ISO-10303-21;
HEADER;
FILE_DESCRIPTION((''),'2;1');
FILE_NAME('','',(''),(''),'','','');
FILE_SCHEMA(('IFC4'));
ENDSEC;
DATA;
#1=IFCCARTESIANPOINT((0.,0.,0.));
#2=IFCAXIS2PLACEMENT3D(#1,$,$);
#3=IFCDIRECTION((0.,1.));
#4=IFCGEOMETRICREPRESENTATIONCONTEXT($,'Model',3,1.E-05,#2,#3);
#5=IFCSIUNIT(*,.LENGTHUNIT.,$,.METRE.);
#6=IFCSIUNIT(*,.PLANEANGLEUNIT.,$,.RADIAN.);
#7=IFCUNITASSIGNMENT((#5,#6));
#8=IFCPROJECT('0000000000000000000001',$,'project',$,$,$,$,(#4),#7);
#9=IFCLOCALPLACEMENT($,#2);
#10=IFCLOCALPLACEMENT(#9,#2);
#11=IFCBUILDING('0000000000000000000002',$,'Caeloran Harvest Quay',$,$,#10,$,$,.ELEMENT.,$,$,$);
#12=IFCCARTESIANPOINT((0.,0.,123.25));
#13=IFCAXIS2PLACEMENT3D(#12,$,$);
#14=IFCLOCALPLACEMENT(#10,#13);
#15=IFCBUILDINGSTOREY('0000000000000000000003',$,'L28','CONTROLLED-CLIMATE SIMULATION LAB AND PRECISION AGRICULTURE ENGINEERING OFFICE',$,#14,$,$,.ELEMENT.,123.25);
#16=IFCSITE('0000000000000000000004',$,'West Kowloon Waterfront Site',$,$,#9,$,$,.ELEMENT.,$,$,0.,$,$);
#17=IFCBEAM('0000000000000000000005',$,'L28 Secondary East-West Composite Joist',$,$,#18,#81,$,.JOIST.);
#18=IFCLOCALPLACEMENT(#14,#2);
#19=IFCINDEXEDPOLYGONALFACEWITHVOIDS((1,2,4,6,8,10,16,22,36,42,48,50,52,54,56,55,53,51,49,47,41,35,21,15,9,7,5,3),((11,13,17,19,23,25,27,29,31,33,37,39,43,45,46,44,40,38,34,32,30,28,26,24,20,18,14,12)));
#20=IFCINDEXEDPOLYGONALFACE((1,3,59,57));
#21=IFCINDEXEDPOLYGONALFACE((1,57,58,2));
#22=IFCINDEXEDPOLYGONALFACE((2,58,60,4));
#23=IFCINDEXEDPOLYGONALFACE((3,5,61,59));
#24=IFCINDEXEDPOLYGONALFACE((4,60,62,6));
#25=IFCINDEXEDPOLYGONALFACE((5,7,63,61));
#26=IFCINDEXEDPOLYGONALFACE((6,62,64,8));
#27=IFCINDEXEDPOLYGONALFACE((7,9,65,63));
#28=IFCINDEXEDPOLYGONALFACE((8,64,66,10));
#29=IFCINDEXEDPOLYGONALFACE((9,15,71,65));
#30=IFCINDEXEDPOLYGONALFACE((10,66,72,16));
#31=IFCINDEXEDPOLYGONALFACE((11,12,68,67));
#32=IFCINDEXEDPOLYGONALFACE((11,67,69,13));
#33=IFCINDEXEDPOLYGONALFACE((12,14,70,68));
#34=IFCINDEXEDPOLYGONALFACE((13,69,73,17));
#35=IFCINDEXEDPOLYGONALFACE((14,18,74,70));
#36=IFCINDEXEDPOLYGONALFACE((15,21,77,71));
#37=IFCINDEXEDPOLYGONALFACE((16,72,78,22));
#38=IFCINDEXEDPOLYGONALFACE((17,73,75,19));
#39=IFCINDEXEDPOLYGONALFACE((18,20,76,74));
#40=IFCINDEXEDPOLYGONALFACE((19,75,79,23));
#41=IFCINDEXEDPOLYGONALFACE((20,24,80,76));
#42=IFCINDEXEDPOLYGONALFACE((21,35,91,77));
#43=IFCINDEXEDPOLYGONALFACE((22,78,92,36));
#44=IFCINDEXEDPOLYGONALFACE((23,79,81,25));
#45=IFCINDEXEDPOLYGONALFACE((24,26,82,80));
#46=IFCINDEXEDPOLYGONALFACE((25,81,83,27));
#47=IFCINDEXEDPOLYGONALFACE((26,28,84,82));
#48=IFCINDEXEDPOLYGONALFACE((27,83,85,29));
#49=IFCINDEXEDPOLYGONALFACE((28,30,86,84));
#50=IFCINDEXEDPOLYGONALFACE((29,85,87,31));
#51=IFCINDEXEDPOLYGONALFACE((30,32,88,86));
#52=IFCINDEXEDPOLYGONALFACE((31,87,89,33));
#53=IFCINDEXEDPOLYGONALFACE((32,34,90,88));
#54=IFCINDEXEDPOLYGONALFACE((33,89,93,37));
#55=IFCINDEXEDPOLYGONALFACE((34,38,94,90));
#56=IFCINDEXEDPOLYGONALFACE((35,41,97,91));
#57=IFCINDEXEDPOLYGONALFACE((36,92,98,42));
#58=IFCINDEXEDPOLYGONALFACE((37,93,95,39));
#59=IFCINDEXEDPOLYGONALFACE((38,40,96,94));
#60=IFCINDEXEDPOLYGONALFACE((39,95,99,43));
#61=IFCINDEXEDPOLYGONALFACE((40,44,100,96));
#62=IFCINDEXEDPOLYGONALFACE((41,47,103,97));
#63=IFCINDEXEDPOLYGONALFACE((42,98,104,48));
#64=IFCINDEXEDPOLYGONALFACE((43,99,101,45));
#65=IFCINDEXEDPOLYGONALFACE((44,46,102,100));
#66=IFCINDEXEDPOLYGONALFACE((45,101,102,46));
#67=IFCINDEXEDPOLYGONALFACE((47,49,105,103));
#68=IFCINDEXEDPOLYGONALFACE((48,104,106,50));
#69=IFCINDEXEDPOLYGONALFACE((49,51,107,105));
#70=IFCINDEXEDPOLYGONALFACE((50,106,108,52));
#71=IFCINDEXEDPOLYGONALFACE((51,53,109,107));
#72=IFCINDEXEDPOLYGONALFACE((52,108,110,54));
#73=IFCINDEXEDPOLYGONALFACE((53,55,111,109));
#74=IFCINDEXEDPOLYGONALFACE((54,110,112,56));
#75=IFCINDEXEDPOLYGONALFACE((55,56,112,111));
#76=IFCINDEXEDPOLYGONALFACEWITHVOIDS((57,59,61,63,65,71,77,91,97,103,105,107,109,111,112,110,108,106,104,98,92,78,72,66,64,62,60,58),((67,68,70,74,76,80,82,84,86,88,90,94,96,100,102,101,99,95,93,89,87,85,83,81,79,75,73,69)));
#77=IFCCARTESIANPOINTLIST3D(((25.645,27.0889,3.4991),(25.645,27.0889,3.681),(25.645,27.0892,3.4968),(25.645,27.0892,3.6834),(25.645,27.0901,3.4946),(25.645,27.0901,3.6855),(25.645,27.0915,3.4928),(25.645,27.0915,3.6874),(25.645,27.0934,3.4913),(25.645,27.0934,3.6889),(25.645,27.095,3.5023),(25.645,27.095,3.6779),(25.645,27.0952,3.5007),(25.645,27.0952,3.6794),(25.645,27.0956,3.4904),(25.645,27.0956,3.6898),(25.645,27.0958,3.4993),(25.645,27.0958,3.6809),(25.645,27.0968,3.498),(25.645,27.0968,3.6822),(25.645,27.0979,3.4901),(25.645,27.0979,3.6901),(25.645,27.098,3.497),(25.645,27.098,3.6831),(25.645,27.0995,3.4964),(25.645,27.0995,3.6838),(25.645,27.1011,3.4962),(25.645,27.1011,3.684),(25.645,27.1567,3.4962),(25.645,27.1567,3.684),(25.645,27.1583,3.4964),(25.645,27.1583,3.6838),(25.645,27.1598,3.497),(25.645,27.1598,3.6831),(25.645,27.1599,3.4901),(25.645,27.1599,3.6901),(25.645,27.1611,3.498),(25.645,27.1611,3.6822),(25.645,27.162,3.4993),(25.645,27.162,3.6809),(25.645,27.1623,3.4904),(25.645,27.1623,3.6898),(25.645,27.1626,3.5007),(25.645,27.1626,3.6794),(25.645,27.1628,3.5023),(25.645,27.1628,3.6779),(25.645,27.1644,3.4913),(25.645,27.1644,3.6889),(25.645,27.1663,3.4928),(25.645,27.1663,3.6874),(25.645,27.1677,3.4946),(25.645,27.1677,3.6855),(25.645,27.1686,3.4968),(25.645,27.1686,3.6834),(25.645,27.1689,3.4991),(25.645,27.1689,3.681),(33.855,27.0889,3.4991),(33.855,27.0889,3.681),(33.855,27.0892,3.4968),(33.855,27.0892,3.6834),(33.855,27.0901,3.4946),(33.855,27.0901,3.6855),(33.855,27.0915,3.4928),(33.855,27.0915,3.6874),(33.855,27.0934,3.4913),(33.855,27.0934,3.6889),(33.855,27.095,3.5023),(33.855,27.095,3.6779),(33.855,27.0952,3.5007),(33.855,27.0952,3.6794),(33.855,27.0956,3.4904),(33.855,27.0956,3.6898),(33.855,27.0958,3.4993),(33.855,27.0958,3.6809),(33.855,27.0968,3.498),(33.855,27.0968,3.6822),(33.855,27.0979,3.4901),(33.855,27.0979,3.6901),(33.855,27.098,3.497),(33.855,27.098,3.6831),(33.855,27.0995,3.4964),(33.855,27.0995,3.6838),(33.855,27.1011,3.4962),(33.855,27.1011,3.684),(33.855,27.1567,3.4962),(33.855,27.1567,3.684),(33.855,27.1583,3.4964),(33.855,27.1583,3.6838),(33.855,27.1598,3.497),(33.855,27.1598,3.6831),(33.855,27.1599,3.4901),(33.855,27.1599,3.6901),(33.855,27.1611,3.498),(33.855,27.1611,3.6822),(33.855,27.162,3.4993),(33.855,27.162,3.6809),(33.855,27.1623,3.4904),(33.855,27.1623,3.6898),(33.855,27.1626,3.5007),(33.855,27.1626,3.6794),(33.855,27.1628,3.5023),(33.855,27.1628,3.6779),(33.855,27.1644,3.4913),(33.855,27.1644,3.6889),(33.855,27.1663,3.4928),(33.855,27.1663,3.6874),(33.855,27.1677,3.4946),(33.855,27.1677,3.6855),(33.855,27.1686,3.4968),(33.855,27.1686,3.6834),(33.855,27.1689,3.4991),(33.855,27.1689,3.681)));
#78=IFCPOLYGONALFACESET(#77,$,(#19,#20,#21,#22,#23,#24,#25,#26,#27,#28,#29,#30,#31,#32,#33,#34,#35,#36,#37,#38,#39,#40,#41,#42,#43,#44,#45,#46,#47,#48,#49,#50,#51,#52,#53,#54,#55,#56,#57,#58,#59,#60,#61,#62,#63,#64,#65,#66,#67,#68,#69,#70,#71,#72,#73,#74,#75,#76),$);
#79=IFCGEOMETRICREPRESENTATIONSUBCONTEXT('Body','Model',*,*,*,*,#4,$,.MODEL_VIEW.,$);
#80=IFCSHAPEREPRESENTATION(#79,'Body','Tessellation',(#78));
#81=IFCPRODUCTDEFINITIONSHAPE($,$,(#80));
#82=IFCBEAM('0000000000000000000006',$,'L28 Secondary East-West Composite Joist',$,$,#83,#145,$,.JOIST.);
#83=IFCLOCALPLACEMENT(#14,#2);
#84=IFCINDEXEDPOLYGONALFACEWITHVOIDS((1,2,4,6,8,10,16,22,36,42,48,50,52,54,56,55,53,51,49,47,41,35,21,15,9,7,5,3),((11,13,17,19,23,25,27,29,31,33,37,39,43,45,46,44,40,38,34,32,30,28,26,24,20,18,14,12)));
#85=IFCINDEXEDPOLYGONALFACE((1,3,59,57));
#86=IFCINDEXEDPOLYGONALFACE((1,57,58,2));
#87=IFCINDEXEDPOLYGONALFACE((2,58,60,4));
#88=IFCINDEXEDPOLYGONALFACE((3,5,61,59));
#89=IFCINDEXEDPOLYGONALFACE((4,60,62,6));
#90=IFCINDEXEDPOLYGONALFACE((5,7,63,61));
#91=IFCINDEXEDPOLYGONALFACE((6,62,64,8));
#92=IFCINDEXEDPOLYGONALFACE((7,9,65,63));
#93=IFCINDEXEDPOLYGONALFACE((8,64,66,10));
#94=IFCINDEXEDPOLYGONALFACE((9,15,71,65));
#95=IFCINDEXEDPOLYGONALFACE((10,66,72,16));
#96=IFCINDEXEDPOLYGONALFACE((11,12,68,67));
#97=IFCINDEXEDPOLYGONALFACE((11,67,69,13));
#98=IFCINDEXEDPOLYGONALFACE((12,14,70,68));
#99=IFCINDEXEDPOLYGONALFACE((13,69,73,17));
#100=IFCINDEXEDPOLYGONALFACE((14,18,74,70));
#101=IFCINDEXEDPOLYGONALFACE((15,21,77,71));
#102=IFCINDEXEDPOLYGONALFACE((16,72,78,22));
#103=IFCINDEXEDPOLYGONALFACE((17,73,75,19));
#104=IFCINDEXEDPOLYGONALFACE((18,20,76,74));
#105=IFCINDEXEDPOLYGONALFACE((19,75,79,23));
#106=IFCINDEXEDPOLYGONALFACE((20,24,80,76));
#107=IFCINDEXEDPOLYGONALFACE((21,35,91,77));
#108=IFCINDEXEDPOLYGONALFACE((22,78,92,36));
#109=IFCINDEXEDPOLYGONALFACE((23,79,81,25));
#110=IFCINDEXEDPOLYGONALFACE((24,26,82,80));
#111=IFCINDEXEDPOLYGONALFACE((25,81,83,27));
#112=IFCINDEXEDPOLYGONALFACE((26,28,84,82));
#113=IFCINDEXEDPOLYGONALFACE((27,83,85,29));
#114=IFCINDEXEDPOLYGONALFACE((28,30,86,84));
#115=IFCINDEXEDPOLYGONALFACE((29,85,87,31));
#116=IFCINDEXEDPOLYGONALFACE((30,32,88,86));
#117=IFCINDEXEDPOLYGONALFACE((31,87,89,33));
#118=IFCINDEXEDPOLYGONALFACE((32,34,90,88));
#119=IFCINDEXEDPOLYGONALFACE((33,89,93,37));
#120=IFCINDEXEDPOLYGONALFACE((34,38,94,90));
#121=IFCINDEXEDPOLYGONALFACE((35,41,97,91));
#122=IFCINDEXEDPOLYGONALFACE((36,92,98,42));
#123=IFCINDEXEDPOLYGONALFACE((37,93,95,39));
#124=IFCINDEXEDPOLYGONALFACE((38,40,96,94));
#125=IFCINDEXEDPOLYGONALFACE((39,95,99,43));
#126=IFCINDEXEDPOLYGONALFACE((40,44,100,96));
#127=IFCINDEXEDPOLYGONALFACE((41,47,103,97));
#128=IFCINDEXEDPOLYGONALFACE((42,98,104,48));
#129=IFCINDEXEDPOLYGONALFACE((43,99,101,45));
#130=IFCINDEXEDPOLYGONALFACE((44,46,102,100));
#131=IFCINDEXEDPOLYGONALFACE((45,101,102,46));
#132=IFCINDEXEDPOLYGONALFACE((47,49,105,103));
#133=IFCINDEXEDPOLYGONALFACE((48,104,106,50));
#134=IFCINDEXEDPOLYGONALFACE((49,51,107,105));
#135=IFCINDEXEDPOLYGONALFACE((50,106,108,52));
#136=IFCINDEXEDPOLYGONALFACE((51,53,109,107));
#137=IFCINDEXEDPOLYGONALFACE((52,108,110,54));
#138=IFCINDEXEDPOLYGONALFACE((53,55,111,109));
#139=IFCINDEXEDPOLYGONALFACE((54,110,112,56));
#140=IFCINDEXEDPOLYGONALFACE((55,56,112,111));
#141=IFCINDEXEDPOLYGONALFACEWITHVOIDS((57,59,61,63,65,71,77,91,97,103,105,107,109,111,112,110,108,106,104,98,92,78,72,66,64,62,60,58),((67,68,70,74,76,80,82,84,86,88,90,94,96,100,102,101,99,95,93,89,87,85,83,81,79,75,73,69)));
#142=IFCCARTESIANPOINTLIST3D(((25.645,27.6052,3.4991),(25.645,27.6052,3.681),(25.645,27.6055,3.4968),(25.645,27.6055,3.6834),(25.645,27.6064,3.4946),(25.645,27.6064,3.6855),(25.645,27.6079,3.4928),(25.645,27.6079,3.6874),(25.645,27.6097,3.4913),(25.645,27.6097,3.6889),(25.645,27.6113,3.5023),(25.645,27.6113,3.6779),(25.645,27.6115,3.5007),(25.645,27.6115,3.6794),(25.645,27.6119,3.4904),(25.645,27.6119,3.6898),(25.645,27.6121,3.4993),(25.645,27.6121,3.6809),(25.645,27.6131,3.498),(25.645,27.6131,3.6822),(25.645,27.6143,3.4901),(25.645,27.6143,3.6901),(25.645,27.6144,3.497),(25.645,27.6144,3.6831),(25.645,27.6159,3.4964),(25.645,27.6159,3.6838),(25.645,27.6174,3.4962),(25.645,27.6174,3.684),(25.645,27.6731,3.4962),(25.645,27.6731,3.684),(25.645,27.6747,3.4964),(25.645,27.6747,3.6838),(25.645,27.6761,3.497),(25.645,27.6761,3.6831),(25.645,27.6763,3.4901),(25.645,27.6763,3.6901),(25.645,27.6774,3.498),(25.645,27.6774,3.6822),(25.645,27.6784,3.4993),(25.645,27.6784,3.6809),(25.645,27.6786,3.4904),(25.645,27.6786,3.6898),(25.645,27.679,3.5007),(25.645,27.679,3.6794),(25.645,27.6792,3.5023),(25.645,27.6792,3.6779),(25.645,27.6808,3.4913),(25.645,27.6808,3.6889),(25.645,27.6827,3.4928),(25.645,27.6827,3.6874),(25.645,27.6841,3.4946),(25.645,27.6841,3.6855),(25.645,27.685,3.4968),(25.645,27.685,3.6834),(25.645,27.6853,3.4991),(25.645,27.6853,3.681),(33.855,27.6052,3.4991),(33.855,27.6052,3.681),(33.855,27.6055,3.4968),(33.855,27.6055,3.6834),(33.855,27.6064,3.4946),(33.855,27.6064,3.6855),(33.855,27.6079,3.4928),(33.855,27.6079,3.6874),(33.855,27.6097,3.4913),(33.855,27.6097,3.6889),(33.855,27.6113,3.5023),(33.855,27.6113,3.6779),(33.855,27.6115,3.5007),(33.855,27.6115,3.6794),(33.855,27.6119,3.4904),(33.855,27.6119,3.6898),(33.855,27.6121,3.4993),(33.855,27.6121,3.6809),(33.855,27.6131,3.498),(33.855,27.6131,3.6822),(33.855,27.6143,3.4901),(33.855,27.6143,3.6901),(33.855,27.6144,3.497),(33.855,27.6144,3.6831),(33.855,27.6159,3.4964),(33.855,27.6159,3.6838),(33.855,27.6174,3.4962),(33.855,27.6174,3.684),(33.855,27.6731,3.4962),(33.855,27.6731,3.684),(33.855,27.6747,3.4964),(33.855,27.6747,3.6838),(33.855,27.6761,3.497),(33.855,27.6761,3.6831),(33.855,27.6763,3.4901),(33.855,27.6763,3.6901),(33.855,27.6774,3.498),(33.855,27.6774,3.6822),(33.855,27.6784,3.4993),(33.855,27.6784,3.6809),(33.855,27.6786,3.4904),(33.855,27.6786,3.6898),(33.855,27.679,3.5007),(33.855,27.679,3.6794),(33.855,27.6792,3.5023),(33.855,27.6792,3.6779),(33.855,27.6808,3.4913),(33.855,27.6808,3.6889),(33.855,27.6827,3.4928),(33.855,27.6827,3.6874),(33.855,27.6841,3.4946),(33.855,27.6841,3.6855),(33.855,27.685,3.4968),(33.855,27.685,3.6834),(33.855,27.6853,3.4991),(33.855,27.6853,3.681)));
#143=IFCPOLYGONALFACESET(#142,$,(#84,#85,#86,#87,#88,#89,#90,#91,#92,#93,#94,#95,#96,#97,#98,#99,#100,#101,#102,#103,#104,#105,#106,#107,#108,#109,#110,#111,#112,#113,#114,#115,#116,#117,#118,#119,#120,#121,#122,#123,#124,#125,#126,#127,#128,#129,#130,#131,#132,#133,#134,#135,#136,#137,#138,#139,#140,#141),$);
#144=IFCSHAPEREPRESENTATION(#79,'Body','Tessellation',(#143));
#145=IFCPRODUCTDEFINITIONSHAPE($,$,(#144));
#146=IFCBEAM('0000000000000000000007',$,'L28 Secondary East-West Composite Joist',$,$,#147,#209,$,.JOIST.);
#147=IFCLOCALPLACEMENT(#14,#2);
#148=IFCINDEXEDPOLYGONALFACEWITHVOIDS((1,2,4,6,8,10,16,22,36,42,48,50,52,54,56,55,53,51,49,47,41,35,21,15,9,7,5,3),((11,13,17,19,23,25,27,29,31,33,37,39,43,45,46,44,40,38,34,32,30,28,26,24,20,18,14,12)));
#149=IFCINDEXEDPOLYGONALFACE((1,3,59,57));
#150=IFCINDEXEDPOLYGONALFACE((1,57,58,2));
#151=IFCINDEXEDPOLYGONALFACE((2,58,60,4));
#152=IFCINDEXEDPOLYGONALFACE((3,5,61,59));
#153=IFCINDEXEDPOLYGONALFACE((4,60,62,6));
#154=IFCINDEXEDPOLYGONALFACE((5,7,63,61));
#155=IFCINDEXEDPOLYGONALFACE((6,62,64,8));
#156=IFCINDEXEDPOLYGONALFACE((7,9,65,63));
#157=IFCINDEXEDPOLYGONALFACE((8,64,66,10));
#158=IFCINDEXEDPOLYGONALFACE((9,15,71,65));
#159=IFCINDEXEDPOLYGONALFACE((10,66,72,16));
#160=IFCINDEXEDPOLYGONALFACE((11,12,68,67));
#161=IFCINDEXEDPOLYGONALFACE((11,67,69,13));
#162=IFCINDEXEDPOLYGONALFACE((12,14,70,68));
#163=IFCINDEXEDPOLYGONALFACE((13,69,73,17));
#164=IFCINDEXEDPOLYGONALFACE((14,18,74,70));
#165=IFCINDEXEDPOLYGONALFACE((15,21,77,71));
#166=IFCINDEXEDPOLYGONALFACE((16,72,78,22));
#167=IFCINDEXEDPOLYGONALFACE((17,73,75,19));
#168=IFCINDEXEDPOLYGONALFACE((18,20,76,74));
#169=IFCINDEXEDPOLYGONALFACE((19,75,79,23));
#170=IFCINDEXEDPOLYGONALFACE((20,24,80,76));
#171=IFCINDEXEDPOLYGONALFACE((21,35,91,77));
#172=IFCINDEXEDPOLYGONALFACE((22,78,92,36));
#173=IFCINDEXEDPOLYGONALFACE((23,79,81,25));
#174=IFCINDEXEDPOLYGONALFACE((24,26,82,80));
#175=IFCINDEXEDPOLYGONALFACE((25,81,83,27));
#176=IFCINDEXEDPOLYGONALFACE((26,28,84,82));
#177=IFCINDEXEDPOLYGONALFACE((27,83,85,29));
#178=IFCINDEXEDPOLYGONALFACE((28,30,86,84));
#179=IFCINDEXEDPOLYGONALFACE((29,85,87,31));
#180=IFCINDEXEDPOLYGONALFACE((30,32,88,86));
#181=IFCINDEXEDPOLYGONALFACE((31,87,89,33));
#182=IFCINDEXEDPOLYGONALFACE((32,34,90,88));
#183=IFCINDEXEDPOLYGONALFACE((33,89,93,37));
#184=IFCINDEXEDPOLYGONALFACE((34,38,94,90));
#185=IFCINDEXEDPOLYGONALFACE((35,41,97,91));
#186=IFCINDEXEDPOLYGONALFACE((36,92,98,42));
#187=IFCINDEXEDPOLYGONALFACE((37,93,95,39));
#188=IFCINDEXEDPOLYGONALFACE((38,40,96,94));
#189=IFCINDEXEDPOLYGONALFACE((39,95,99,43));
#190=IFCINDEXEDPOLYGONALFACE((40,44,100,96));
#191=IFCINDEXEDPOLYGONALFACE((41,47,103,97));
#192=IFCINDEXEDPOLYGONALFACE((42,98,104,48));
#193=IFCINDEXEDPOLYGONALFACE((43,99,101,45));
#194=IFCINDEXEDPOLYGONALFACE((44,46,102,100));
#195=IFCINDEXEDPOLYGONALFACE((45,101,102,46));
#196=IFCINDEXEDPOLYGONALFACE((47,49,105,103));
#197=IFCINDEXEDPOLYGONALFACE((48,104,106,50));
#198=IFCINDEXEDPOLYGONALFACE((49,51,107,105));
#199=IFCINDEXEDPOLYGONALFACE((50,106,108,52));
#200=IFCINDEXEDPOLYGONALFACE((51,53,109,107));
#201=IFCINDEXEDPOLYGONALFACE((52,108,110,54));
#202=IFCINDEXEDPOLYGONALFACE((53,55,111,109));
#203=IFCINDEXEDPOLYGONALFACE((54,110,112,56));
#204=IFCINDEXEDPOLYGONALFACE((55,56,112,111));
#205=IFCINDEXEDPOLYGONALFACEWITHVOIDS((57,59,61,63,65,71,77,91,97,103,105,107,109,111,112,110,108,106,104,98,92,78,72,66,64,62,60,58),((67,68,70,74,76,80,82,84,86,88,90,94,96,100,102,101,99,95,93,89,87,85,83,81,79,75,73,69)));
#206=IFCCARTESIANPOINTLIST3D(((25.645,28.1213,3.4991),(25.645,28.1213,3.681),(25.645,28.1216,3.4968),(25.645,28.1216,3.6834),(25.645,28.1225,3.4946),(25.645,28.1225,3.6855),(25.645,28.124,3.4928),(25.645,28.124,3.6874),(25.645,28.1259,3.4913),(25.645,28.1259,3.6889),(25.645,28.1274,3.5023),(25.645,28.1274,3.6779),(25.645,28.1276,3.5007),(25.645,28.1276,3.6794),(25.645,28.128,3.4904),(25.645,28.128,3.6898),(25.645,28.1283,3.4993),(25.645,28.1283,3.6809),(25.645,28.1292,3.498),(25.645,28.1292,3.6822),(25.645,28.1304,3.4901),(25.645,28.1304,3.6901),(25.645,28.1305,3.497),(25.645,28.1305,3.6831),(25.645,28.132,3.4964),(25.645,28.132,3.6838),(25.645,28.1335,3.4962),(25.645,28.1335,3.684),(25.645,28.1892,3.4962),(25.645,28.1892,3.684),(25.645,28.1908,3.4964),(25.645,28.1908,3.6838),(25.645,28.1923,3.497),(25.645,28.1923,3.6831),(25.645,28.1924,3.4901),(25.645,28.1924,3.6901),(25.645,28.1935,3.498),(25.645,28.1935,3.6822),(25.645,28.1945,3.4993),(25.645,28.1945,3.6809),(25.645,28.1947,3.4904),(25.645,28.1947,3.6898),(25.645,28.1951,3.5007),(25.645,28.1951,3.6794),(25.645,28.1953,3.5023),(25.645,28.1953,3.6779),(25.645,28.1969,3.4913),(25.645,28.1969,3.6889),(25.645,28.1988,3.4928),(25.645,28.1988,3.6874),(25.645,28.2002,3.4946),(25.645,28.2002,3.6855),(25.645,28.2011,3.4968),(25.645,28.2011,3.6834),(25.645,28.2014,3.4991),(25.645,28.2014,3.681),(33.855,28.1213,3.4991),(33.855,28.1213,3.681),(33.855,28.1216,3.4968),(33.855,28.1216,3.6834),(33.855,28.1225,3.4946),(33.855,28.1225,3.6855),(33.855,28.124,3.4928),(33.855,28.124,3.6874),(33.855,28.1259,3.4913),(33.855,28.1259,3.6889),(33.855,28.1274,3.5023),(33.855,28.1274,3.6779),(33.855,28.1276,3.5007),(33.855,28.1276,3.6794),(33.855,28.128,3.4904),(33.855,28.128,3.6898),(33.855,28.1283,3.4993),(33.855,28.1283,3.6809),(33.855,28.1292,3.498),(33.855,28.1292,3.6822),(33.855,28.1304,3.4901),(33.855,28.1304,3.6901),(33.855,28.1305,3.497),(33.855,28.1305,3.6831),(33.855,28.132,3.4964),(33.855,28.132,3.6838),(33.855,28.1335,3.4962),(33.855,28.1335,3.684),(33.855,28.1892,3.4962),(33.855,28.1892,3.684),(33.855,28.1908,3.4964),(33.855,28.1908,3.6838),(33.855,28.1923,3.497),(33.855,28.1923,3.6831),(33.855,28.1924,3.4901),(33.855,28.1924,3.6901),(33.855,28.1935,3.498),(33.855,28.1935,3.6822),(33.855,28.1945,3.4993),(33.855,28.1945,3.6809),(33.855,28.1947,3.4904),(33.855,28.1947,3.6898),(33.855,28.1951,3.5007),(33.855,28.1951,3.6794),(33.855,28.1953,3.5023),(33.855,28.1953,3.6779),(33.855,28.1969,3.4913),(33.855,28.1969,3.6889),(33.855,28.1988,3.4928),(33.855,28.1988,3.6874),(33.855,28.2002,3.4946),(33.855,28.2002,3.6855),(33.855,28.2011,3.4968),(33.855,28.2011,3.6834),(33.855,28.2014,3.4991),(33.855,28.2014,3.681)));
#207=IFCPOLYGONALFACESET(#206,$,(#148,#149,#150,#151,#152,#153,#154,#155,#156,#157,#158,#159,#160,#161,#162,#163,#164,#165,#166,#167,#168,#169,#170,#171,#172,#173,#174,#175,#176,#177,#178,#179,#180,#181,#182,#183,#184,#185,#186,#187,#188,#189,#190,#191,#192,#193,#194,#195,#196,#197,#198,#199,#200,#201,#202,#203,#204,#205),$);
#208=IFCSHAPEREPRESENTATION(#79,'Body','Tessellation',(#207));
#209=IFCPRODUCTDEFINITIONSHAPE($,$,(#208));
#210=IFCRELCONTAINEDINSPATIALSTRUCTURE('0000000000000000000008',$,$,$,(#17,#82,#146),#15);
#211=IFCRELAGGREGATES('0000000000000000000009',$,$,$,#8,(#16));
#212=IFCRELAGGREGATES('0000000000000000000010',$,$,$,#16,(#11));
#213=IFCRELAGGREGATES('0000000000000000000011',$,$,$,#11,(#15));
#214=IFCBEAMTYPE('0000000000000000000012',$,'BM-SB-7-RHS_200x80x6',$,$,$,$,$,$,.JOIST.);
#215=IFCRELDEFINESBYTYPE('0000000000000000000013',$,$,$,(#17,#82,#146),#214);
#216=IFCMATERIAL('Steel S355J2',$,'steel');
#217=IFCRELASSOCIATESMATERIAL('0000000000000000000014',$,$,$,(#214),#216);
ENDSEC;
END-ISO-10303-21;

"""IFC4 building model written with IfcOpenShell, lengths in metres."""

from ifc_helpers import new_model, si_unit, direction, frame, origin, origin_2d, place, context, subcontext, project, spatial, hollow_rectangle, extrude, material, material_profile, profile_set, type_object, element, save


model = new_model("IFC4")

# Units and contexts
model_context = context("Model", 3, precision=1e-05, world=origin(), true_north=direction((0.0, 1.0)))
body_context = subcontext(model_context, "Body", "Model", "MODEL_VIEW")
ifc_project = project(units=[si_unit("LENGTHUNIT", "METRE"), si_unit("PLANEANGLEUNIT", "RADIAN")], contexts=[model_context])

# Site, building, storey
site_placement = place(None, origin())
site = spatial("IfcSite", under=ifc_project, at=site_placement, Name="West Kowloon Waterfront Site", CompositionType="ELEMENT", RefElevation=0.0)
building_placement = place(site_placement, origin())
building = spatial("IfcBuilding", under=site, at=building_placement, Name="Caeloran Harvest Quay", CompositionType="ELEMENT")
storey_placement = place(building_placement, frame((0.0, 0.0, 123.25)))
storey = spatial("IfcBuildingStorey", under=building, at=storey_placement, Name="L28", Description="CONTROLLED-CLIMATE SIMULATION LAB AND PRECISION AGRICULTURE ENGINEERING OFFICE", CompositionType="ELEMENT", Elevation=123.25)

# Beams
ifc_material = material(Name="Steel S355J2", Category="steel")
ifc_material_profile_1 = material_profile(ifc_material, hollow_rectangle(XDim=0.0801, YDim=0.2, WallThickness=0.0061, InnerFilletRadius=0.0061, OuterFilletRadius=0.009, at=origin_2d()), Name="RHS 200x80x6")
ifc_profile_set_1 = profile_set([ifc_material_profile_1], Name="Steel S355J2")
beam_type_1 = type_object("IfcBeamType", Name="BM-SB-7-RHS_200x80x6", PredefinedType="JOIST", material=ifc_profile_set_1)
for number, where, z_axis, x_axis, name in (
    (1, (25.645, 27.1289, 3.5901), (1.0, 0.0, 0.0), (0.0, 1.0, 0.0), "L28 Secondary East-West Composite Joist"),
    (2, (25.645, 27.6453, 3.5901), (1.0, 0.0, 0.0), (0.0, 1.0, 0.0), "L28 Secondary East-West Composite Joist"),
    (3, (25.645, 28.1614, 3.5901), (1.0, 0.0, 0.0), (0.0, 1.0, 0.0), "L28 Secondary East-West Composite Joist"),
):
    element("IfcBeam", number, at=place(storey_placement, frame(where, z_axis=z_axis, x_axis=x_axis)), inside=storey, type_object=beam_type_1, Name=name, PredefinedType="JOIST", context=body_context, shape_type="SweptSolid", body=[
        extrude(hollow_rectangle(XDim=0.0801, YDim=0.2, WallThickness=0.0061, InnerFilletRadius=0.0061, OuterFilletRadius=0.009, at=origin_2d()), origin(), (0.0, 0.0, 1.0), 8.21),
    ])

save(model, "model.ifc")
